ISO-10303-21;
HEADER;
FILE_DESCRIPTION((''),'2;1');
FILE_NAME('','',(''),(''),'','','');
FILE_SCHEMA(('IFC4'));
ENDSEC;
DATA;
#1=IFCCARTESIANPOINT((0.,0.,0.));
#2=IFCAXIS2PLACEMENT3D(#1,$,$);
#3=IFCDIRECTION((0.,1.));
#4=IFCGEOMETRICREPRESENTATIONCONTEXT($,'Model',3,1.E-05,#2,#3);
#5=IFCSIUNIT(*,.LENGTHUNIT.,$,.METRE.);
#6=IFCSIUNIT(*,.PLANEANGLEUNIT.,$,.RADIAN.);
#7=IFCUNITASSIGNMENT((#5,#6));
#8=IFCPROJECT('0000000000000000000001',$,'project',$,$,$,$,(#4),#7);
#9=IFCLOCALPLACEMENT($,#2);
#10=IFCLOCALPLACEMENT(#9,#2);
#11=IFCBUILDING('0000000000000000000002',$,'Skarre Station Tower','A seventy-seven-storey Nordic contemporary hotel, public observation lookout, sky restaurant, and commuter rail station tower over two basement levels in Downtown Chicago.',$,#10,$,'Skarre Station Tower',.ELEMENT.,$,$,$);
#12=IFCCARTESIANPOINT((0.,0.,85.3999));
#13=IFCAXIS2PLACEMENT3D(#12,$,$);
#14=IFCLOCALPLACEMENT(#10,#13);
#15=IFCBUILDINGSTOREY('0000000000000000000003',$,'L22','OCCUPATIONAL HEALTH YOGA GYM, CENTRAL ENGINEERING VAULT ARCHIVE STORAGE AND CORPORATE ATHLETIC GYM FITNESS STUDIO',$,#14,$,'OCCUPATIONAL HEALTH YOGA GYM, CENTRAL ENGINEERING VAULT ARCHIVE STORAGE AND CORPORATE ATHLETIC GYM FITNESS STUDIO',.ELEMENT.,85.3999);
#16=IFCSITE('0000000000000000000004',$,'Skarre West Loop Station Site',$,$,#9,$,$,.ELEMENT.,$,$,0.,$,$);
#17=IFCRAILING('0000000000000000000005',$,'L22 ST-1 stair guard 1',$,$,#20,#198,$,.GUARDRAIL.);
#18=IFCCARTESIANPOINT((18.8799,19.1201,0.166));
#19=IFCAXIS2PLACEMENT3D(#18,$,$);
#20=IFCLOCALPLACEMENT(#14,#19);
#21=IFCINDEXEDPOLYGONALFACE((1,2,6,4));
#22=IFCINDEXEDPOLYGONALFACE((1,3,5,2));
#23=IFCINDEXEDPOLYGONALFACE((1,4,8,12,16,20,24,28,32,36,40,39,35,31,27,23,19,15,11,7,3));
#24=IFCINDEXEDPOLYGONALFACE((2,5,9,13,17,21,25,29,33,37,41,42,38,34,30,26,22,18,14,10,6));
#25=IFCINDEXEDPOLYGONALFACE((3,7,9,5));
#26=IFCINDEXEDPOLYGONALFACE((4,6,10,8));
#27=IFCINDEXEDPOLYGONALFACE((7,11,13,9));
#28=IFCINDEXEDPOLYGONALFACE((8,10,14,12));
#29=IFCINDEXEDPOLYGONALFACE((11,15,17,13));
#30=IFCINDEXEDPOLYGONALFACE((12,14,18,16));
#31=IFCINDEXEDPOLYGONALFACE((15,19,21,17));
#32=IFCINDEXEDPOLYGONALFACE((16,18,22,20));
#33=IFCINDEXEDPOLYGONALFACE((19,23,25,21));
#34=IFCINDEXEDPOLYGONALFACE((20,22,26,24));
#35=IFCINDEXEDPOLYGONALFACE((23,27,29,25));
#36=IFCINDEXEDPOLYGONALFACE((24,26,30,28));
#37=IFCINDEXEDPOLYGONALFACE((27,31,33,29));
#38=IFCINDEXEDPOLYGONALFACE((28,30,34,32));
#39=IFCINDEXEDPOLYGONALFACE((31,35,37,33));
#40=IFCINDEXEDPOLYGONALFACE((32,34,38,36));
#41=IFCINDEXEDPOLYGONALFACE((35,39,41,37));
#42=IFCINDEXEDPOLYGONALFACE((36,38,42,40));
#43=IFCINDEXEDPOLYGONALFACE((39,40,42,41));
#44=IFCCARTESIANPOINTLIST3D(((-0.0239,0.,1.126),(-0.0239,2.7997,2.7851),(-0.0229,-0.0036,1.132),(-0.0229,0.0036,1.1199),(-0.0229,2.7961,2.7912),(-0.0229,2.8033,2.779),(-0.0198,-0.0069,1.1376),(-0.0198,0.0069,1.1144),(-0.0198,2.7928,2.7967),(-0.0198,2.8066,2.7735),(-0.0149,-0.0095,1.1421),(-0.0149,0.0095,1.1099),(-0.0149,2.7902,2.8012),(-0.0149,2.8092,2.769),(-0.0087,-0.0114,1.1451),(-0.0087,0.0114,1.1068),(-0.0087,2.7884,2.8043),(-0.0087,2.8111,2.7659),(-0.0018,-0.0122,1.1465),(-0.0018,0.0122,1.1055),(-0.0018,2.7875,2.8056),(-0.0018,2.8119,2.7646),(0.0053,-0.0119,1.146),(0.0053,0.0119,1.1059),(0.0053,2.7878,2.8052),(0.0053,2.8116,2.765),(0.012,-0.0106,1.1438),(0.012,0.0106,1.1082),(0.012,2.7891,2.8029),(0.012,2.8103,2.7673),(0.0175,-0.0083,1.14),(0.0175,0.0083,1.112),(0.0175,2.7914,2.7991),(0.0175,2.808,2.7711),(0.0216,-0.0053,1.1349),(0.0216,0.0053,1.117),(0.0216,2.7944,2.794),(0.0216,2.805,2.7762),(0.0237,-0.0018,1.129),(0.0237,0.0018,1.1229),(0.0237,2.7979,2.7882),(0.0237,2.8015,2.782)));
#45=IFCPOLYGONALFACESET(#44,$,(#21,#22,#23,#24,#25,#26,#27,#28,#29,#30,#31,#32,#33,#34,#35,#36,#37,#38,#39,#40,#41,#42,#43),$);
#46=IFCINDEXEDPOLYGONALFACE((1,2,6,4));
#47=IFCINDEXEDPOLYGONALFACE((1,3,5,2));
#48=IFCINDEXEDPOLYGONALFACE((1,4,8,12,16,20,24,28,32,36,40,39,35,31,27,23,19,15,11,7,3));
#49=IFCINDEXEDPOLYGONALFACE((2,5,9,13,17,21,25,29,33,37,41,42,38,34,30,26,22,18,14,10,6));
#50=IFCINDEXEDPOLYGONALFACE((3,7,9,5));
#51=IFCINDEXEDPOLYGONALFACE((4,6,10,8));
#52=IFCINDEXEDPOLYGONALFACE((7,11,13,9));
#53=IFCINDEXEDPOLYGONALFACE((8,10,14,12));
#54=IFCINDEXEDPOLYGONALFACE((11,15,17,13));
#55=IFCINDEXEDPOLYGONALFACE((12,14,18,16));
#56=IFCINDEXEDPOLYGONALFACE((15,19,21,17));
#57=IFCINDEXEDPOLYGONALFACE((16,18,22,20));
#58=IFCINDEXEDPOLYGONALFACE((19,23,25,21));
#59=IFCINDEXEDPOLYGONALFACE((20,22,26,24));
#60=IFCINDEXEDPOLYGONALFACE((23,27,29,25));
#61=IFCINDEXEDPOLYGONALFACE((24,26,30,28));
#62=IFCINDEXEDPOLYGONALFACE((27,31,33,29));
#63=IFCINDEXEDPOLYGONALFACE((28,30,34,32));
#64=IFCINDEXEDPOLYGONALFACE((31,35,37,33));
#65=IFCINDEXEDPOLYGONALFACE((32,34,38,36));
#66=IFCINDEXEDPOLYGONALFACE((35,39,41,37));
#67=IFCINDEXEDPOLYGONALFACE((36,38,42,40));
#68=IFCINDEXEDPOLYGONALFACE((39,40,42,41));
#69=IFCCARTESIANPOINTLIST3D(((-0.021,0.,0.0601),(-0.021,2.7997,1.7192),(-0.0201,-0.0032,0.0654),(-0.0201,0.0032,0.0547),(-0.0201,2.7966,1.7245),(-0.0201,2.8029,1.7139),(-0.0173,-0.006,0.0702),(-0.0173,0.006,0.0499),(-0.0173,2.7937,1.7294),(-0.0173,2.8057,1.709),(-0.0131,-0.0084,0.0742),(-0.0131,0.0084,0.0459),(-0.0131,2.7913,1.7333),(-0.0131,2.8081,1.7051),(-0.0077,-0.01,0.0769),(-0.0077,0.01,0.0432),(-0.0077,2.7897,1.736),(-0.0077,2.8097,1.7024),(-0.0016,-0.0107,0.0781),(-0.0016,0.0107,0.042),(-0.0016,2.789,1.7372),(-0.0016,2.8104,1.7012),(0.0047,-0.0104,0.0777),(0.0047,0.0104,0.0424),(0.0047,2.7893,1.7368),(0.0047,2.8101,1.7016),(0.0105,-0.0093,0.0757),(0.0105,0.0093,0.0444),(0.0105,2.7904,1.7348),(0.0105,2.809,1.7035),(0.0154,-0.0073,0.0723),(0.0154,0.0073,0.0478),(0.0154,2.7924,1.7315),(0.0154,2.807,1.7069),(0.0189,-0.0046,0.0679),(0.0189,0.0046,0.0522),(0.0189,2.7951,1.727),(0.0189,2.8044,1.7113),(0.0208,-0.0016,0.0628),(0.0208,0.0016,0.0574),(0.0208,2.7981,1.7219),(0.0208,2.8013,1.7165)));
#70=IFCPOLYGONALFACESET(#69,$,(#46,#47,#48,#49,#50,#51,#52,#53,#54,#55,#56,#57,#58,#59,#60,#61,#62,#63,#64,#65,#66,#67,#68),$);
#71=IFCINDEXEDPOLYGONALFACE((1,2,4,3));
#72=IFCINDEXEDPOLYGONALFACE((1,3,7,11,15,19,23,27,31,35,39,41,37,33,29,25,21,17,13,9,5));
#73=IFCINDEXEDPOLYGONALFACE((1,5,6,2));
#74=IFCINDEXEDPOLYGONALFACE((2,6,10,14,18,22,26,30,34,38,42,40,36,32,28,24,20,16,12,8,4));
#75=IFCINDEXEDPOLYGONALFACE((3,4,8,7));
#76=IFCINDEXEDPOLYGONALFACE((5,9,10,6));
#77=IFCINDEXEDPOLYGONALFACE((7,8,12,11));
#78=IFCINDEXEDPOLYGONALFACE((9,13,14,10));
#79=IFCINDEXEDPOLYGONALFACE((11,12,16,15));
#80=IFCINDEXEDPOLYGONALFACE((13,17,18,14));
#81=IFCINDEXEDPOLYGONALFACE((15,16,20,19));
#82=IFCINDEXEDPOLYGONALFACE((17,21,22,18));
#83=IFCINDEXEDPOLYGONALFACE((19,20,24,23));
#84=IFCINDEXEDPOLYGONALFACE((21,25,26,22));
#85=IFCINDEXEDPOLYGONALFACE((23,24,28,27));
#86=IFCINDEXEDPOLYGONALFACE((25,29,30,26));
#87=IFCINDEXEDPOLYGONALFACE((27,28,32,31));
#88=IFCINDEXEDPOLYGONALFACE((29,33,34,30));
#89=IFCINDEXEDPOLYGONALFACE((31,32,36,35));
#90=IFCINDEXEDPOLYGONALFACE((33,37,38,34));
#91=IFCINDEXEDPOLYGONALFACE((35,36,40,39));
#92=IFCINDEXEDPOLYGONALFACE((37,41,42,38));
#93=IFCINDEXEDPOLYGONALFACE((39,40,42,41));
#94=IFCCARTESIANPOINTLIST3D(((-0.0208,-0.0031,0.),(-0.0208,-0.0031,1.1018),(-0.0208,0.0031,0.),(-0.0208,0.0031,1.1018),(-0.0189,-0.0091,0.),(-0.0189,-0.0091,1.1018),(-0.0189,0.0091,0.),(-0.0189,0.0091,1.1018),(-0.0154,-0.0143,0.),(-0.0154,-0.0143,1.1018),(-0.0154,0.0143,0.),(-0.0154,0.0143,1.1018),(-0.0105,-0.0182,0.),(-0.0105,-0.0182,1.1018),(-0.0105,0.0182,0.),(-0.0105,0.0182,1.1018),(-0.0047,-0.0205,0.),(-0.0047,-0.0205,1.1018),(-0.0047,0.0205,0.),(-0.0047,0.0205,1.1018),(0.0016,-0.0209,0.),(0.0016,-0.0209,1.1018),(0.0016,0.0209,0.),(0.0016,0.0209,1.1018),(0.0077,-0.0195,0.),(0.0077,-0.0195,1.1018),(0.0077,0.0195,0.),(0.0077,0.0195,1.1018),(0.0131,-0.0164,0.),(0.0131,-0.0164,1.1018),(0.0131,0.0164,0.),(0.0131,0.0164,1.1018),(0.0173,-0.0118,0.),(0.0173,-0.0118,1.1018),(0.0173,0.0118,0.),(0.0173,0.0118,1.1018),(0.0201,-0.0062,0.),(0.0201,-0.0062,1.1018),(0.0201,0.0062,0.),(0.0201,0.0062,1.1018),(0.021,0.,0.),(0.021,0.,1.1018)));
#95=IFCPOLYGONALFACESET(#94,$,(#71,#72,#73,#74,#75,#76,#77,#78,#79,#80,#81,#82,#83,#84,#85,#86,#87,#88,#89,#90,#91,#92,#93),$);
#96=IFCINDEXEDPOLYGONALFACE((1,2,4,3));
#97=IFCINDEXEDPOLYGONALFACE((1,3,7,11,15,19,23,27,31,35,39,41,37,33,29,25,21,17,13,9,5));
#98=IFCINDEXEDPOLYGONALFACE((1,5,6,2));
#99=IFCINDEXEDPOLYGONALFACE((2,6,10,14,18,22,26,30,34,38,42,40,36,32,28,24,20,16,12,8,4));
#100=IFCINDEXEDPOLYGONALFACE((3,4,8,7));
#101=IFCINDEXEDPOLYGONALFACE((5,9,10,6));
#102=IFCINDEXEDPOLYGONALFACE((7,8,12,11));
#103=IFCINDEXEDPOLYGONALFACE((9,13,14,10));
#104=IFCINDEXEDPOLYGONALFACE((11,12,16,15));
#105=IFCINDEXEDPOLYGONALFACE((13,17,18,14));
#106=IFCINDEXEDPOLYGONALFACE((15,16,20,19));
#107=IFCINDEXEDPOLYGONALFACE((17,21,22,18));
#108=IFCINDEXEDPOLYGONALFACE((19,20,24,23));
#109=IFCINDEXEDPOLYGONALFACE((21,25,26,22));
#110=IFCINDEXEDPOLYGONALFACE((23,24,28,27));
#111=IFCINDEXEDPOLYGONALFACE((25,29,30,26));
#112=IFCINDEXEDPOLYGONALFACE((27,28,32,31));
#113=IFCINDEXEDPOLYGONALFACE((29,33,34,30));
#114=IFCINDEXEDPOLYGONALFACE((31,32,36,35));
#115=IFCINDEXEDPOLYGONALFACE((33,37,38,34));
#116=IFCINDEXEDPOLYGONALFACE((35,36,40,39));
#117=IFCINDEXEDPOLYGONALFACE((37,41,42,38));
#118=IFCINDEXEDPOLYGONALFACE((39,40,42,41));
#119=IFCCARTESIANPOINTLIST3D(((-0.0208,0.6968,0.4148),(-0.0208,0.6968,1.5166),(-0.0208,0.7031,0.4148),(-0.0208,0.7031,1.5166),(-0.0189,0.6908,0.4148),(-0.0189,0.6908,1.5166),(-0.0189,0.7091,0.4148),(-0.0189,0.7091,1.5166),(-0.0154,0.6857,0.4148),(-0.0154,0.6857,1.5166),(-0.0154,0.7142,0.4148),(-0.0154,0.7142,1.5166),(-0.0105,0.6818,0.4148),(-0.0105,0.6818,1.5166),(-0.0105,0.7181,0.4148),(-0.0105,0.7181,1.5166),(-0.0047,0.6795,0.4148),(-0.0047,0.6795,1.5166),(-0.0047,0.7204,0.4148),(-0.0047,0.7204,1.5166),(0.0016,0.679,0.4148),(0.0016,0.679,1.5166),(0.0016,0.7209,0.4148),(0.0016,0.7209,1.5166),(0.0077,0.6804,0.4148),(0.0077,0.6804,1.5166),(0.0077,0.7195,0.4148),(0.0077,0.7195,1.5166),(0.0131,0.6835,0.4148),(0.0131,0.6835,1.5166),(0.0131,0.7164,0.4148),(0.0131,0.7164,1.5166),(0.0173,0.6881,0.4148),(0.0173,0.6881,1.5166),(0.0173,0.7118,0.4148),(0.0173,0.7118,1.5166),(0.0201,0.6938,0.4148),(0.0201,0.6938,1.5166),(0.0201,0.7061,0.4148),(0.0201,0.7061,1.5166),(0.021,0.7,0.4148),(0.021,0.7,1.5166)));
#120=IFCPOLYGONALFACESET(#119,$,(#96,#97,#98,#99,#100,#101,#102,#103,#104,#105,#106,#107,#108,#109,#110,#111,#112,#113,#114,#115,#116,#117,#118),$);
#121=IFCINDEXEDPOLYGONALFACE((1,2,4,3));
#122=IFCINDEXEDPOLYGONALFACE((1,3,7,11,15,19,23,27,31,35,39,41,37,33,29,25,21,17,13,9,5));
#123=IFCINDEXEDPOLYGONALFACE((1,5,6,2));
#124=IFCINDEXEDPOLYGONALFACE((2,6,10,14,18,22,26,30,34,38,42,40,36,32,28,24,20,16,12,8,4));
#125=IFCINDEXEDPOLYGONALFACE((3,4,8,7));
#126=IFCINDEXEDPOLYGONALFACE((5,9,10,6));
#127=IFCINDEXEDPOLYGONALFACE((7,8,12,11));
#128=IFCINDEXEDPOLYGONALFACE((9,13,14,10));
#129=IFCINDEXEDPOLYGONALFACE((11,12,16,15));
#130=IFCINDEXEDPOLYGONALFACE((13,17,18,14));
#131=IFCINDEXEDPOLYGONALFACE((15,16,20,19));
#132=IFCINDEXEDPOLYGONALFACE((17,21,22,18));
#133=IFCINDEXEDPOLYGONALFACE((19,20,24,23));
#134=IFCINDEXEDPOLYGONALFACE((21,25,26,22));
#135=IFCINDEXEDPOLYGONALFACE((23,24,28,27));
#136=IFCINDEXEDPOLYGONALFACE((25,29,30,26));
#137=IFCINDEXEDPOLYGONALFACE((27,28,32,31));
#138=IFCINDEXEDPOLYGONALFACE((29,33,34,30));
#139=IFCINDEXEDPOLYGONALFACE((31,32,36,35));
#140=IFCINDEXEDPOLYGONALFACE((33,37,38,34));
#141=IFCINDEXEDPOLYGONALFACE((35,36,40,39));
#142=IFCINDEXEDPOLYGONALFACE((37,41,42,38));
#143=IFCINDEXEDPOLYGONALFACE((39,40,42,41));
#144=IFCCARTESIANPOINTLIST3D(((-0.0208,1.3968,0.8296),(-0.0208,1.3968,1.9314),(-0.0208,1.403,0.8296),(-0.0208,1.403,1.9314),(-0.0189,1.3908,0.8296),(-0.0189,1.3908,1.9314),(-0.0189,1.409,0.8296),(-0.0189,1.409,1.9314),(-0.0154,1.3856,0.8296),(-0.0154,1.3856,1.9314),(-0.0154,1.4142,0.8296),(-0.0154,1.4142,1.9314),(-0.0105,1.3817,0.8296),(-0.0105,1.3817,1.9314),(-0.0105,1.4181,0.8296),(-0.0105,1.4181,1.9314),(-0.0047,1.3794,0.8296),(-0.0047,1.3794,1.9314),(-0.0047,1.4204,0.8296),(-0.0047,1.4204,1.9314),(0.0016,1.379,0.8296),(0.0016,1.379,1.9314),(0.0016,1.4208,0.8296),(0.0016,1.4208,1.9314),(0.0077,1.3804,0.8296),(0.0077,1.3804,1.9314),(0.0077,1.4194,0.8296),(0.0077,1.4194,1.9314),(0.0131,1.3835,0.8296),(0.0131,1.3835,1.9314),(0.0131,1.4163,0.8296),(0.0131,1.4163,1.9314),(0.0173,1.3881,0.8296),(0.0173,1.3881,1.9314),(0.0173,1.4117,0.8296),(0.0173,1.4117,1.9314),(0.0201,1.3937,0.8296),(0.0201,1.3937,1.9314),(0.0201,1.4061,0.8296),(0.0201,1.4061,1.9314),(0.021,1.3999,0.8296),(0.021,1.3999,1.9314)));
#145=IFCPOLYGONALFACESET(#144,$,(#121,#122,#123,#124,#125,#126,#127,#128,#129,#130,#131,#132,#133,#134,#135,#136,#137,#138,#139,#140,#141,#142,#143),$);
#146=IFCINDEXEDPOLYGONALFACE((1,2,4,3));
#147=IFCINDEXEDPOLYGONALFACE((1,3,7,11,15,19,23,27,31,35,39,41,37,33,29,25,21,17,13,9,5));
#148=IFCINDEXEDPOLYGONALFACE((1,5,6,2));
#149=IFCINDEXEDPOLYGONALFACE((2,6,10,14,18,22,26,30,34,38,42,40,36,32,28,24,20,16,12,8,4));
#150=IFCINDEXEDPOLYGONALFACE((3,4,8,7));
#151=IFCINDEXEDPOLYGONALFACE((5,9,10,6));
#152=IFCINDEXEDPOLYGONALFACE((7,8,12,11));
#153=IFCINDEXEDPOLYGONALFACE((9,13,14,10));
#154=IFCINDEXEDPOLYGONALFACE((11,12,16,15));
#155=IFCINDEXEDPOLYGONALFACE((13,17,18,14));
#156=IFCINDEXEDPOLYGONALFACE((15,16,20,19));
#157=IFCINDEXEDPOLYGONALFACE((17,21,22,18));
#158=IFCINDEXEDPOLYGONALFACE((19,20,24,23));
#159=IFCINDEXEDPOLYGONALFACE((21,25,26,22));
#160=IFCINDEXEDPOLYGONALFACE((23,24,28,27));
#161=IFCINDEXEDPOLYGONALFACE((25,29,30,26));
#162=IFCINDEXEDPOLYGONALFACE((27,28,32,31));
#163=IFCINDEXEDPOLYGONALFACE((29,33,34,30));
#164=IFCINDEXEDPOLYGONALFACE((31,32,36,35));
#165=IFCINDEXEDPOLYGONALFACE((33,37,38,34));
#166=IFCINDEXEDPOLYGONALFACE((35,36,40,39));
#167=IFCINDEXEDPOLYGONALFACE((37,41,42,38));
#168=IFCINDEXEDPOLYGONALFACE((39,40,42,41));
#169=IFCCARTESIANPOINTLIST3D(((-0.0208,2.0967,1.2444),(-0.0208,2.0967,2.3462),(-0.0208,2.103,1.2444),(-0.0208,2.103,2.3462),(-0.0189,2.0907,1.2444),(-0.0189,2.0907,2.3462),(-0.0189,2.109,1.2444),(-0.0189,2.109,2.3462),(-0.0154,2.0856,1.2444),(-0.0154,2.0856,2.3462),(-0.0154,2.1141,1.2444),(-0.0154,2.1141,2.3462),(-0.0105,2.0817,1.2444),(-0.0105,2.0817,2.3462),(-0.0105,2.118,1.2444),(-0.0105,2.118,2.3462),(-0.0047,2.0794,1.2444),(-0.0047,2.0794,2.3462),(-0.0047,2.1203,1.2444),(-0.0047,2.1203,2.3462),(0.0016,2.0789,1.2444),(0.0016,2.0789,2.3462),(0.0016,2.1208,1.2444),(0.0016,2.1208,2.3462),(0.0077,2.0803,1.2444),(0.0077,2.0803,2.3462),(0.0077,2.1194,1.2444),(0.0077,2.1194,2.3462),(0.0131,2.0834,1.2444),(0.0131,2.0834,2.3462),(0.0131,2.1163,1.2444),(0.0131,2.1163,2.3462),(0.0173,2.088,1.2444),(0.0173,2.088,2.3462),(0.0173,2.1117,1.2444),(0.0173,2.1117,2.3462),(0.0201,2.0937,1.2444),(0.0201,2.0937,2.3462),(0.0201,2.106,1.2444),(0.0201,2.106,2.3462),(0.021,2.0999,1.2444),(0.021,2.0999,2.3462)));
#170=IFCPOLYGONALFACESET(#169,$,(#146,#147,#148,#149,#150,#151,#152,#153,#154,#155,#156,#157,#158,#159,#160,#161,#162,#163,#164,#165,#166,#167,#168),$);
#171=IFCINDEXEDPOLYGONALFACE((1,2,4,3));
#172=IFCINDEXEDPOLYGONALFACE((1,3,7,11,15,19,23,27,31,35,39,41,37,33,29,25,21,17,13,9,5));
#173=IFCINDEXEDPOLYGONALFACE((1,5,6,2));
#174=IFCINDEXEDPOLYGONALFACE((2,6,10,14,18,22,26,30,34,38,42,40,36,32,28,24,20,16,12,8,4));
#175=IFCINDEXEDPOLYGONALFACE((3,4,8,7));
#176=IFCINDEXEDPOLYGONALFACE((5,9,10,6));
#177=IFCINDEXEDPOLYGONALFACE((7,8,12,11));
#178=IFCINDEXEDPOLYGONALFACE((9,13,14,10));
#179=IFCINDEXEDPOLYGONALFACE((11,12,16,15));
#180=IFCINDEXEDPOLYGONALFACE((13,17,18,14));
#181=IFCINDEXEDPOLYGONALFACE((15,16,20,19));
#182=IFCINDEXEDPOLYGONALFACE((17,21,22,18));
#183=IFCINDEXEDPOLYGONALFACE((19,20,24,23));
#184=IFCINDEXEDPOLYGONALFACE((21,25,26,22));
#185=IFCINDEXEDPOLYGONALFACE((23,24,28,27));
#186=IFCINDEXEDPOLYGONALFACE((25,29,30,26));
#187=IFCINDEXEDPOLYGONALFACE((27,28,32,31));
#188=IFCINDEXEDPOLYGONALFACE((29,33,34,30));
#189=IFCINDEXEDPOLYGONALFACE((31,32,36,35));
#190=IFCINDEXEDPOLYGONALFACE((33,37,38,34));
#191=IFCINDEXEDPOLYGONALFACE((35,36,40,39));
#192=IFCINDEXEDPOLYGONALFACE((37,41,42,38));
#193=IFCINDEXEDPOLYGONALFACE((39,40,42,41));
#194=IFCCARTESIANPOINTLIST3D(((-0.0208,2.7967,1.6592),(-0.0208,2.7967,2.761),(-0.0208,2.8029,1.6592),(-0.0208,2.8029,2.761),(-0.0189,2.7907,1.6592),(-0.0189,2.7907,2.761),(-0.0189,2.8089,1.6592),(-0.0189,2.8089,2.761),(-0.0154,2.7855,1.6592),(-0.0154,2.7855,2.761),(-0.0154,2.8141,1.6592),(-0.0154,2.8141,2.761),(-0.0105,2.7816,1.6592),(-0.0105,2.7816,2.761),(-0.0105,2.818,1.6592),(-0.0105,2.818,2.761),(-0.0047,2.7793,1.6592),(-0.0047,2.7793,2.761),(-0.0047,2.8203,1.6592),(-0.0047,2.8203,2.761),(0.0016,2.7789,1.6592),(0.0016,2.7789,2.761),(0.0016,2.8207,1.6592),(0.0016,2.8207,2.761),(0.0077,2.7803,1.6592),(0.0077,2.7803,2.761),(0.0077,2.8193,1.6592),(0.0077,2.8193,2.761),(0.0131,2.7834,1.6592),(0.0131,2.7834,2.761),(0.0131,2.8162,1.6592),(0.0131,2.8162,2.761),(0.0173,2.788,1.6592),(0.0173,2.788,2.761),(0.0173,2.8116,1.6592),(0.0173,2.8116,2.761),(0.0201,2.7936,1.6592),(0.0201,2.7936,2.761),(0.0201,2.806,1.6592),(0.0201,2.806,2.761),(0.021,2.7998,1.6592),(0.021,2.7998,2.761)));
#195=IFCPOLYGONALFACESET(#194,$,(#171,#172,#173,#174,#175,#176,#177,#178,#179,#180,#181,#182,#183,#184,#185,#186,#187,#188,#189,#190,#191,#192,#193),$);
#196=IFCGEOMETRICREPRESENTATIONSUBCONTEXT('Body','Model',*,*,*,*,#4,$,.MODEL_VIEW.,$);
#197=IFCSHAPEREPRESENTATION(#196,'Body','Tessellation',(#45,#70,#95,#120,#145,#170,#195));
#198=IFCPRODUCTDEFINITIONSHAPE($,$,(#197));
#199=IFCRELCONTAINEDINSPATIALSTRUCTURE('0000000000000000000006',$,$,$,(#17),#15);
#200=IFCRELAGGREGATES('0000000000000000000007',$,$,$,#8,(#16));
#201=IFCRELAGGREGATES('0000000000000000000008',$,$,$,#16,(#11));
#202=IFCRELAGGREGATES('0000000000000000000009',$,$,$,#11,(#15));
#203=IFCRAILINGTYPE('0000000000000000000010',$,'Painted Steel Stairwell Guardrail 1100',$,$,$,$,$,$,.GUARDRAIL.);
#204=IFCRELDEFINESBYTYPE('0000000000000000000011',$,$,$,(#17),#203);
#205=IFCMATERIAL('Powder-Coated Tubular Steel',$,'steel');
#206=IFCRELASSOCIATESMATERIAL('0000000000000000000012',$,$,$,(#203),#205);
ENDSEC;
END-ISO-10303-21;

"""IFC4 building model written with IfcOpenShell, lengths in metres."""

from ifc_helpers import new_model, si_unit, direction, frame, origin, origin_2d, place, context, subcontext, project, spatial, circle, extrude, material, type_object, element, save


model = new_model("IFC4")

# Units and contexts
model_context = context("Model", 3, precision=1e-05, world=origin(), true_north=direction((0.0, 1.0)))
body_context = subcontext(model_context, "Body", "Model", "MODEL_VIEW")
ifc_project = project(units=[si_unit("LENGTHUNIT", "METRE"), si_unit("PLANEANGLEUNIT", "RADIAN")], contexts=[model_context])

# Site, building, storey
site_placement = place(None, origin())
site = spatial("IfcSite", under=ifc_project, at=site_placement, Name="Skarre West Loop Station Site", CompositionType="ELEMENT", RefElevation=0.0)
building_placement = place(site_placement, origin())
building = spatial("IfcBuilding", under=site, at=building_placement, Name="Skarre Station Tower", Description="A seventy-seven-storey Nordic contemporary hotel, public observation lookout, sky restaurant, and commuter rail station tower over two basement levels in Downtown Chicago.", LongName="Skarre Station Tower", CompositionType="ELEMENT")
storey_placement = place(building_placement, frame((0.0, 0.0, 85.3999)))
storey = spatial("IfcBuildingStorey", under=building, at=storey_placement, Name="L22", Description="OCCUPATIONAL HEALTH YOGA GYM, CENTRAL ENGINEERING VAULT ARCHIVE STORAGE AND CORPORATE ATHLETIC GYM FITNESS STUDIO", LongName="OCCUPATIONAL HEALTH YOGA GYM, CENTRAL ENGINEERING VAULT ARCHIVE STORAGE AND CORPORATE ATHLETIC GYM FITNESS STUDIO", CompositionType="ELEMENT", Elevation=85.3999)

# Railing
ifc_material_1 = material(Name="Powder-Coated Tubular Steel", Category="steel")
railing_type_1 = type_object("IfcRailingType", Name="Painted Steel Stairwell Guardrail 1100", PredefinedType="GUARDRAIL", material=ifc_material_1)
railing_1_placement = place(storey_placement, frame((18.8799, 19.1201, 0.166)))
element("IfcRailing", 1, at=railing_1_placement, inside=storey, type_object=railing_type_1, Name="L22 ST-1 stair guard 1", PredefinedType="GUARDRAIL", context=body_context, shape_type="SweptSolid", body=[
    extrude(circle(Radius=0.0239, at=origin_2d()), frame((0.0, 0.0, 1.126), z_axis=(0.0, 0.860287, 0.509811), x_axis=(-1.0, 0.0, 0.0)), (0.0, 0.0, 1.0), 3.2544),
    extrude(circle(Radius=0.021, at=origin_2d()), frame((0.0, 0.0, 0.0601), z_axis=(0.0, 0.860287, 0.509811), x_axis=(-1.0, 0.0, 0.0)), (0.0, 0.0, 1.0), 3.2544),
    extrude(circle(Radius=0.021, at=origin_2d()), origin(), (0.0, 0.0, 1.0), 1.1018),
    extrude(circle(Radius=0.021, at=origin_2d()), frame((0.0, 0.7, 0.4148)), (0.0, 0.0, 1.0), 1.1018),
    extrude(circle(Radius=0.021, at=origin_2d()), frame((0.0, 1.3999, 0.8296)), (0.0, 0.0, 1.0), 1.1018),
    extrude(circle(Radius=0.021, at=origin_2d()), frame((0.0, 2.0999, 1.2444)), (0.0, 0.0, 1.0), 1.1018),
    extrude(circle(Radius=0.021, at=origin_2d()), frame((0.0, 2.7998, 1.6592)), (0.0, 0.0, 1.0), 1.1018),
])

save(model, "model.ifc")
